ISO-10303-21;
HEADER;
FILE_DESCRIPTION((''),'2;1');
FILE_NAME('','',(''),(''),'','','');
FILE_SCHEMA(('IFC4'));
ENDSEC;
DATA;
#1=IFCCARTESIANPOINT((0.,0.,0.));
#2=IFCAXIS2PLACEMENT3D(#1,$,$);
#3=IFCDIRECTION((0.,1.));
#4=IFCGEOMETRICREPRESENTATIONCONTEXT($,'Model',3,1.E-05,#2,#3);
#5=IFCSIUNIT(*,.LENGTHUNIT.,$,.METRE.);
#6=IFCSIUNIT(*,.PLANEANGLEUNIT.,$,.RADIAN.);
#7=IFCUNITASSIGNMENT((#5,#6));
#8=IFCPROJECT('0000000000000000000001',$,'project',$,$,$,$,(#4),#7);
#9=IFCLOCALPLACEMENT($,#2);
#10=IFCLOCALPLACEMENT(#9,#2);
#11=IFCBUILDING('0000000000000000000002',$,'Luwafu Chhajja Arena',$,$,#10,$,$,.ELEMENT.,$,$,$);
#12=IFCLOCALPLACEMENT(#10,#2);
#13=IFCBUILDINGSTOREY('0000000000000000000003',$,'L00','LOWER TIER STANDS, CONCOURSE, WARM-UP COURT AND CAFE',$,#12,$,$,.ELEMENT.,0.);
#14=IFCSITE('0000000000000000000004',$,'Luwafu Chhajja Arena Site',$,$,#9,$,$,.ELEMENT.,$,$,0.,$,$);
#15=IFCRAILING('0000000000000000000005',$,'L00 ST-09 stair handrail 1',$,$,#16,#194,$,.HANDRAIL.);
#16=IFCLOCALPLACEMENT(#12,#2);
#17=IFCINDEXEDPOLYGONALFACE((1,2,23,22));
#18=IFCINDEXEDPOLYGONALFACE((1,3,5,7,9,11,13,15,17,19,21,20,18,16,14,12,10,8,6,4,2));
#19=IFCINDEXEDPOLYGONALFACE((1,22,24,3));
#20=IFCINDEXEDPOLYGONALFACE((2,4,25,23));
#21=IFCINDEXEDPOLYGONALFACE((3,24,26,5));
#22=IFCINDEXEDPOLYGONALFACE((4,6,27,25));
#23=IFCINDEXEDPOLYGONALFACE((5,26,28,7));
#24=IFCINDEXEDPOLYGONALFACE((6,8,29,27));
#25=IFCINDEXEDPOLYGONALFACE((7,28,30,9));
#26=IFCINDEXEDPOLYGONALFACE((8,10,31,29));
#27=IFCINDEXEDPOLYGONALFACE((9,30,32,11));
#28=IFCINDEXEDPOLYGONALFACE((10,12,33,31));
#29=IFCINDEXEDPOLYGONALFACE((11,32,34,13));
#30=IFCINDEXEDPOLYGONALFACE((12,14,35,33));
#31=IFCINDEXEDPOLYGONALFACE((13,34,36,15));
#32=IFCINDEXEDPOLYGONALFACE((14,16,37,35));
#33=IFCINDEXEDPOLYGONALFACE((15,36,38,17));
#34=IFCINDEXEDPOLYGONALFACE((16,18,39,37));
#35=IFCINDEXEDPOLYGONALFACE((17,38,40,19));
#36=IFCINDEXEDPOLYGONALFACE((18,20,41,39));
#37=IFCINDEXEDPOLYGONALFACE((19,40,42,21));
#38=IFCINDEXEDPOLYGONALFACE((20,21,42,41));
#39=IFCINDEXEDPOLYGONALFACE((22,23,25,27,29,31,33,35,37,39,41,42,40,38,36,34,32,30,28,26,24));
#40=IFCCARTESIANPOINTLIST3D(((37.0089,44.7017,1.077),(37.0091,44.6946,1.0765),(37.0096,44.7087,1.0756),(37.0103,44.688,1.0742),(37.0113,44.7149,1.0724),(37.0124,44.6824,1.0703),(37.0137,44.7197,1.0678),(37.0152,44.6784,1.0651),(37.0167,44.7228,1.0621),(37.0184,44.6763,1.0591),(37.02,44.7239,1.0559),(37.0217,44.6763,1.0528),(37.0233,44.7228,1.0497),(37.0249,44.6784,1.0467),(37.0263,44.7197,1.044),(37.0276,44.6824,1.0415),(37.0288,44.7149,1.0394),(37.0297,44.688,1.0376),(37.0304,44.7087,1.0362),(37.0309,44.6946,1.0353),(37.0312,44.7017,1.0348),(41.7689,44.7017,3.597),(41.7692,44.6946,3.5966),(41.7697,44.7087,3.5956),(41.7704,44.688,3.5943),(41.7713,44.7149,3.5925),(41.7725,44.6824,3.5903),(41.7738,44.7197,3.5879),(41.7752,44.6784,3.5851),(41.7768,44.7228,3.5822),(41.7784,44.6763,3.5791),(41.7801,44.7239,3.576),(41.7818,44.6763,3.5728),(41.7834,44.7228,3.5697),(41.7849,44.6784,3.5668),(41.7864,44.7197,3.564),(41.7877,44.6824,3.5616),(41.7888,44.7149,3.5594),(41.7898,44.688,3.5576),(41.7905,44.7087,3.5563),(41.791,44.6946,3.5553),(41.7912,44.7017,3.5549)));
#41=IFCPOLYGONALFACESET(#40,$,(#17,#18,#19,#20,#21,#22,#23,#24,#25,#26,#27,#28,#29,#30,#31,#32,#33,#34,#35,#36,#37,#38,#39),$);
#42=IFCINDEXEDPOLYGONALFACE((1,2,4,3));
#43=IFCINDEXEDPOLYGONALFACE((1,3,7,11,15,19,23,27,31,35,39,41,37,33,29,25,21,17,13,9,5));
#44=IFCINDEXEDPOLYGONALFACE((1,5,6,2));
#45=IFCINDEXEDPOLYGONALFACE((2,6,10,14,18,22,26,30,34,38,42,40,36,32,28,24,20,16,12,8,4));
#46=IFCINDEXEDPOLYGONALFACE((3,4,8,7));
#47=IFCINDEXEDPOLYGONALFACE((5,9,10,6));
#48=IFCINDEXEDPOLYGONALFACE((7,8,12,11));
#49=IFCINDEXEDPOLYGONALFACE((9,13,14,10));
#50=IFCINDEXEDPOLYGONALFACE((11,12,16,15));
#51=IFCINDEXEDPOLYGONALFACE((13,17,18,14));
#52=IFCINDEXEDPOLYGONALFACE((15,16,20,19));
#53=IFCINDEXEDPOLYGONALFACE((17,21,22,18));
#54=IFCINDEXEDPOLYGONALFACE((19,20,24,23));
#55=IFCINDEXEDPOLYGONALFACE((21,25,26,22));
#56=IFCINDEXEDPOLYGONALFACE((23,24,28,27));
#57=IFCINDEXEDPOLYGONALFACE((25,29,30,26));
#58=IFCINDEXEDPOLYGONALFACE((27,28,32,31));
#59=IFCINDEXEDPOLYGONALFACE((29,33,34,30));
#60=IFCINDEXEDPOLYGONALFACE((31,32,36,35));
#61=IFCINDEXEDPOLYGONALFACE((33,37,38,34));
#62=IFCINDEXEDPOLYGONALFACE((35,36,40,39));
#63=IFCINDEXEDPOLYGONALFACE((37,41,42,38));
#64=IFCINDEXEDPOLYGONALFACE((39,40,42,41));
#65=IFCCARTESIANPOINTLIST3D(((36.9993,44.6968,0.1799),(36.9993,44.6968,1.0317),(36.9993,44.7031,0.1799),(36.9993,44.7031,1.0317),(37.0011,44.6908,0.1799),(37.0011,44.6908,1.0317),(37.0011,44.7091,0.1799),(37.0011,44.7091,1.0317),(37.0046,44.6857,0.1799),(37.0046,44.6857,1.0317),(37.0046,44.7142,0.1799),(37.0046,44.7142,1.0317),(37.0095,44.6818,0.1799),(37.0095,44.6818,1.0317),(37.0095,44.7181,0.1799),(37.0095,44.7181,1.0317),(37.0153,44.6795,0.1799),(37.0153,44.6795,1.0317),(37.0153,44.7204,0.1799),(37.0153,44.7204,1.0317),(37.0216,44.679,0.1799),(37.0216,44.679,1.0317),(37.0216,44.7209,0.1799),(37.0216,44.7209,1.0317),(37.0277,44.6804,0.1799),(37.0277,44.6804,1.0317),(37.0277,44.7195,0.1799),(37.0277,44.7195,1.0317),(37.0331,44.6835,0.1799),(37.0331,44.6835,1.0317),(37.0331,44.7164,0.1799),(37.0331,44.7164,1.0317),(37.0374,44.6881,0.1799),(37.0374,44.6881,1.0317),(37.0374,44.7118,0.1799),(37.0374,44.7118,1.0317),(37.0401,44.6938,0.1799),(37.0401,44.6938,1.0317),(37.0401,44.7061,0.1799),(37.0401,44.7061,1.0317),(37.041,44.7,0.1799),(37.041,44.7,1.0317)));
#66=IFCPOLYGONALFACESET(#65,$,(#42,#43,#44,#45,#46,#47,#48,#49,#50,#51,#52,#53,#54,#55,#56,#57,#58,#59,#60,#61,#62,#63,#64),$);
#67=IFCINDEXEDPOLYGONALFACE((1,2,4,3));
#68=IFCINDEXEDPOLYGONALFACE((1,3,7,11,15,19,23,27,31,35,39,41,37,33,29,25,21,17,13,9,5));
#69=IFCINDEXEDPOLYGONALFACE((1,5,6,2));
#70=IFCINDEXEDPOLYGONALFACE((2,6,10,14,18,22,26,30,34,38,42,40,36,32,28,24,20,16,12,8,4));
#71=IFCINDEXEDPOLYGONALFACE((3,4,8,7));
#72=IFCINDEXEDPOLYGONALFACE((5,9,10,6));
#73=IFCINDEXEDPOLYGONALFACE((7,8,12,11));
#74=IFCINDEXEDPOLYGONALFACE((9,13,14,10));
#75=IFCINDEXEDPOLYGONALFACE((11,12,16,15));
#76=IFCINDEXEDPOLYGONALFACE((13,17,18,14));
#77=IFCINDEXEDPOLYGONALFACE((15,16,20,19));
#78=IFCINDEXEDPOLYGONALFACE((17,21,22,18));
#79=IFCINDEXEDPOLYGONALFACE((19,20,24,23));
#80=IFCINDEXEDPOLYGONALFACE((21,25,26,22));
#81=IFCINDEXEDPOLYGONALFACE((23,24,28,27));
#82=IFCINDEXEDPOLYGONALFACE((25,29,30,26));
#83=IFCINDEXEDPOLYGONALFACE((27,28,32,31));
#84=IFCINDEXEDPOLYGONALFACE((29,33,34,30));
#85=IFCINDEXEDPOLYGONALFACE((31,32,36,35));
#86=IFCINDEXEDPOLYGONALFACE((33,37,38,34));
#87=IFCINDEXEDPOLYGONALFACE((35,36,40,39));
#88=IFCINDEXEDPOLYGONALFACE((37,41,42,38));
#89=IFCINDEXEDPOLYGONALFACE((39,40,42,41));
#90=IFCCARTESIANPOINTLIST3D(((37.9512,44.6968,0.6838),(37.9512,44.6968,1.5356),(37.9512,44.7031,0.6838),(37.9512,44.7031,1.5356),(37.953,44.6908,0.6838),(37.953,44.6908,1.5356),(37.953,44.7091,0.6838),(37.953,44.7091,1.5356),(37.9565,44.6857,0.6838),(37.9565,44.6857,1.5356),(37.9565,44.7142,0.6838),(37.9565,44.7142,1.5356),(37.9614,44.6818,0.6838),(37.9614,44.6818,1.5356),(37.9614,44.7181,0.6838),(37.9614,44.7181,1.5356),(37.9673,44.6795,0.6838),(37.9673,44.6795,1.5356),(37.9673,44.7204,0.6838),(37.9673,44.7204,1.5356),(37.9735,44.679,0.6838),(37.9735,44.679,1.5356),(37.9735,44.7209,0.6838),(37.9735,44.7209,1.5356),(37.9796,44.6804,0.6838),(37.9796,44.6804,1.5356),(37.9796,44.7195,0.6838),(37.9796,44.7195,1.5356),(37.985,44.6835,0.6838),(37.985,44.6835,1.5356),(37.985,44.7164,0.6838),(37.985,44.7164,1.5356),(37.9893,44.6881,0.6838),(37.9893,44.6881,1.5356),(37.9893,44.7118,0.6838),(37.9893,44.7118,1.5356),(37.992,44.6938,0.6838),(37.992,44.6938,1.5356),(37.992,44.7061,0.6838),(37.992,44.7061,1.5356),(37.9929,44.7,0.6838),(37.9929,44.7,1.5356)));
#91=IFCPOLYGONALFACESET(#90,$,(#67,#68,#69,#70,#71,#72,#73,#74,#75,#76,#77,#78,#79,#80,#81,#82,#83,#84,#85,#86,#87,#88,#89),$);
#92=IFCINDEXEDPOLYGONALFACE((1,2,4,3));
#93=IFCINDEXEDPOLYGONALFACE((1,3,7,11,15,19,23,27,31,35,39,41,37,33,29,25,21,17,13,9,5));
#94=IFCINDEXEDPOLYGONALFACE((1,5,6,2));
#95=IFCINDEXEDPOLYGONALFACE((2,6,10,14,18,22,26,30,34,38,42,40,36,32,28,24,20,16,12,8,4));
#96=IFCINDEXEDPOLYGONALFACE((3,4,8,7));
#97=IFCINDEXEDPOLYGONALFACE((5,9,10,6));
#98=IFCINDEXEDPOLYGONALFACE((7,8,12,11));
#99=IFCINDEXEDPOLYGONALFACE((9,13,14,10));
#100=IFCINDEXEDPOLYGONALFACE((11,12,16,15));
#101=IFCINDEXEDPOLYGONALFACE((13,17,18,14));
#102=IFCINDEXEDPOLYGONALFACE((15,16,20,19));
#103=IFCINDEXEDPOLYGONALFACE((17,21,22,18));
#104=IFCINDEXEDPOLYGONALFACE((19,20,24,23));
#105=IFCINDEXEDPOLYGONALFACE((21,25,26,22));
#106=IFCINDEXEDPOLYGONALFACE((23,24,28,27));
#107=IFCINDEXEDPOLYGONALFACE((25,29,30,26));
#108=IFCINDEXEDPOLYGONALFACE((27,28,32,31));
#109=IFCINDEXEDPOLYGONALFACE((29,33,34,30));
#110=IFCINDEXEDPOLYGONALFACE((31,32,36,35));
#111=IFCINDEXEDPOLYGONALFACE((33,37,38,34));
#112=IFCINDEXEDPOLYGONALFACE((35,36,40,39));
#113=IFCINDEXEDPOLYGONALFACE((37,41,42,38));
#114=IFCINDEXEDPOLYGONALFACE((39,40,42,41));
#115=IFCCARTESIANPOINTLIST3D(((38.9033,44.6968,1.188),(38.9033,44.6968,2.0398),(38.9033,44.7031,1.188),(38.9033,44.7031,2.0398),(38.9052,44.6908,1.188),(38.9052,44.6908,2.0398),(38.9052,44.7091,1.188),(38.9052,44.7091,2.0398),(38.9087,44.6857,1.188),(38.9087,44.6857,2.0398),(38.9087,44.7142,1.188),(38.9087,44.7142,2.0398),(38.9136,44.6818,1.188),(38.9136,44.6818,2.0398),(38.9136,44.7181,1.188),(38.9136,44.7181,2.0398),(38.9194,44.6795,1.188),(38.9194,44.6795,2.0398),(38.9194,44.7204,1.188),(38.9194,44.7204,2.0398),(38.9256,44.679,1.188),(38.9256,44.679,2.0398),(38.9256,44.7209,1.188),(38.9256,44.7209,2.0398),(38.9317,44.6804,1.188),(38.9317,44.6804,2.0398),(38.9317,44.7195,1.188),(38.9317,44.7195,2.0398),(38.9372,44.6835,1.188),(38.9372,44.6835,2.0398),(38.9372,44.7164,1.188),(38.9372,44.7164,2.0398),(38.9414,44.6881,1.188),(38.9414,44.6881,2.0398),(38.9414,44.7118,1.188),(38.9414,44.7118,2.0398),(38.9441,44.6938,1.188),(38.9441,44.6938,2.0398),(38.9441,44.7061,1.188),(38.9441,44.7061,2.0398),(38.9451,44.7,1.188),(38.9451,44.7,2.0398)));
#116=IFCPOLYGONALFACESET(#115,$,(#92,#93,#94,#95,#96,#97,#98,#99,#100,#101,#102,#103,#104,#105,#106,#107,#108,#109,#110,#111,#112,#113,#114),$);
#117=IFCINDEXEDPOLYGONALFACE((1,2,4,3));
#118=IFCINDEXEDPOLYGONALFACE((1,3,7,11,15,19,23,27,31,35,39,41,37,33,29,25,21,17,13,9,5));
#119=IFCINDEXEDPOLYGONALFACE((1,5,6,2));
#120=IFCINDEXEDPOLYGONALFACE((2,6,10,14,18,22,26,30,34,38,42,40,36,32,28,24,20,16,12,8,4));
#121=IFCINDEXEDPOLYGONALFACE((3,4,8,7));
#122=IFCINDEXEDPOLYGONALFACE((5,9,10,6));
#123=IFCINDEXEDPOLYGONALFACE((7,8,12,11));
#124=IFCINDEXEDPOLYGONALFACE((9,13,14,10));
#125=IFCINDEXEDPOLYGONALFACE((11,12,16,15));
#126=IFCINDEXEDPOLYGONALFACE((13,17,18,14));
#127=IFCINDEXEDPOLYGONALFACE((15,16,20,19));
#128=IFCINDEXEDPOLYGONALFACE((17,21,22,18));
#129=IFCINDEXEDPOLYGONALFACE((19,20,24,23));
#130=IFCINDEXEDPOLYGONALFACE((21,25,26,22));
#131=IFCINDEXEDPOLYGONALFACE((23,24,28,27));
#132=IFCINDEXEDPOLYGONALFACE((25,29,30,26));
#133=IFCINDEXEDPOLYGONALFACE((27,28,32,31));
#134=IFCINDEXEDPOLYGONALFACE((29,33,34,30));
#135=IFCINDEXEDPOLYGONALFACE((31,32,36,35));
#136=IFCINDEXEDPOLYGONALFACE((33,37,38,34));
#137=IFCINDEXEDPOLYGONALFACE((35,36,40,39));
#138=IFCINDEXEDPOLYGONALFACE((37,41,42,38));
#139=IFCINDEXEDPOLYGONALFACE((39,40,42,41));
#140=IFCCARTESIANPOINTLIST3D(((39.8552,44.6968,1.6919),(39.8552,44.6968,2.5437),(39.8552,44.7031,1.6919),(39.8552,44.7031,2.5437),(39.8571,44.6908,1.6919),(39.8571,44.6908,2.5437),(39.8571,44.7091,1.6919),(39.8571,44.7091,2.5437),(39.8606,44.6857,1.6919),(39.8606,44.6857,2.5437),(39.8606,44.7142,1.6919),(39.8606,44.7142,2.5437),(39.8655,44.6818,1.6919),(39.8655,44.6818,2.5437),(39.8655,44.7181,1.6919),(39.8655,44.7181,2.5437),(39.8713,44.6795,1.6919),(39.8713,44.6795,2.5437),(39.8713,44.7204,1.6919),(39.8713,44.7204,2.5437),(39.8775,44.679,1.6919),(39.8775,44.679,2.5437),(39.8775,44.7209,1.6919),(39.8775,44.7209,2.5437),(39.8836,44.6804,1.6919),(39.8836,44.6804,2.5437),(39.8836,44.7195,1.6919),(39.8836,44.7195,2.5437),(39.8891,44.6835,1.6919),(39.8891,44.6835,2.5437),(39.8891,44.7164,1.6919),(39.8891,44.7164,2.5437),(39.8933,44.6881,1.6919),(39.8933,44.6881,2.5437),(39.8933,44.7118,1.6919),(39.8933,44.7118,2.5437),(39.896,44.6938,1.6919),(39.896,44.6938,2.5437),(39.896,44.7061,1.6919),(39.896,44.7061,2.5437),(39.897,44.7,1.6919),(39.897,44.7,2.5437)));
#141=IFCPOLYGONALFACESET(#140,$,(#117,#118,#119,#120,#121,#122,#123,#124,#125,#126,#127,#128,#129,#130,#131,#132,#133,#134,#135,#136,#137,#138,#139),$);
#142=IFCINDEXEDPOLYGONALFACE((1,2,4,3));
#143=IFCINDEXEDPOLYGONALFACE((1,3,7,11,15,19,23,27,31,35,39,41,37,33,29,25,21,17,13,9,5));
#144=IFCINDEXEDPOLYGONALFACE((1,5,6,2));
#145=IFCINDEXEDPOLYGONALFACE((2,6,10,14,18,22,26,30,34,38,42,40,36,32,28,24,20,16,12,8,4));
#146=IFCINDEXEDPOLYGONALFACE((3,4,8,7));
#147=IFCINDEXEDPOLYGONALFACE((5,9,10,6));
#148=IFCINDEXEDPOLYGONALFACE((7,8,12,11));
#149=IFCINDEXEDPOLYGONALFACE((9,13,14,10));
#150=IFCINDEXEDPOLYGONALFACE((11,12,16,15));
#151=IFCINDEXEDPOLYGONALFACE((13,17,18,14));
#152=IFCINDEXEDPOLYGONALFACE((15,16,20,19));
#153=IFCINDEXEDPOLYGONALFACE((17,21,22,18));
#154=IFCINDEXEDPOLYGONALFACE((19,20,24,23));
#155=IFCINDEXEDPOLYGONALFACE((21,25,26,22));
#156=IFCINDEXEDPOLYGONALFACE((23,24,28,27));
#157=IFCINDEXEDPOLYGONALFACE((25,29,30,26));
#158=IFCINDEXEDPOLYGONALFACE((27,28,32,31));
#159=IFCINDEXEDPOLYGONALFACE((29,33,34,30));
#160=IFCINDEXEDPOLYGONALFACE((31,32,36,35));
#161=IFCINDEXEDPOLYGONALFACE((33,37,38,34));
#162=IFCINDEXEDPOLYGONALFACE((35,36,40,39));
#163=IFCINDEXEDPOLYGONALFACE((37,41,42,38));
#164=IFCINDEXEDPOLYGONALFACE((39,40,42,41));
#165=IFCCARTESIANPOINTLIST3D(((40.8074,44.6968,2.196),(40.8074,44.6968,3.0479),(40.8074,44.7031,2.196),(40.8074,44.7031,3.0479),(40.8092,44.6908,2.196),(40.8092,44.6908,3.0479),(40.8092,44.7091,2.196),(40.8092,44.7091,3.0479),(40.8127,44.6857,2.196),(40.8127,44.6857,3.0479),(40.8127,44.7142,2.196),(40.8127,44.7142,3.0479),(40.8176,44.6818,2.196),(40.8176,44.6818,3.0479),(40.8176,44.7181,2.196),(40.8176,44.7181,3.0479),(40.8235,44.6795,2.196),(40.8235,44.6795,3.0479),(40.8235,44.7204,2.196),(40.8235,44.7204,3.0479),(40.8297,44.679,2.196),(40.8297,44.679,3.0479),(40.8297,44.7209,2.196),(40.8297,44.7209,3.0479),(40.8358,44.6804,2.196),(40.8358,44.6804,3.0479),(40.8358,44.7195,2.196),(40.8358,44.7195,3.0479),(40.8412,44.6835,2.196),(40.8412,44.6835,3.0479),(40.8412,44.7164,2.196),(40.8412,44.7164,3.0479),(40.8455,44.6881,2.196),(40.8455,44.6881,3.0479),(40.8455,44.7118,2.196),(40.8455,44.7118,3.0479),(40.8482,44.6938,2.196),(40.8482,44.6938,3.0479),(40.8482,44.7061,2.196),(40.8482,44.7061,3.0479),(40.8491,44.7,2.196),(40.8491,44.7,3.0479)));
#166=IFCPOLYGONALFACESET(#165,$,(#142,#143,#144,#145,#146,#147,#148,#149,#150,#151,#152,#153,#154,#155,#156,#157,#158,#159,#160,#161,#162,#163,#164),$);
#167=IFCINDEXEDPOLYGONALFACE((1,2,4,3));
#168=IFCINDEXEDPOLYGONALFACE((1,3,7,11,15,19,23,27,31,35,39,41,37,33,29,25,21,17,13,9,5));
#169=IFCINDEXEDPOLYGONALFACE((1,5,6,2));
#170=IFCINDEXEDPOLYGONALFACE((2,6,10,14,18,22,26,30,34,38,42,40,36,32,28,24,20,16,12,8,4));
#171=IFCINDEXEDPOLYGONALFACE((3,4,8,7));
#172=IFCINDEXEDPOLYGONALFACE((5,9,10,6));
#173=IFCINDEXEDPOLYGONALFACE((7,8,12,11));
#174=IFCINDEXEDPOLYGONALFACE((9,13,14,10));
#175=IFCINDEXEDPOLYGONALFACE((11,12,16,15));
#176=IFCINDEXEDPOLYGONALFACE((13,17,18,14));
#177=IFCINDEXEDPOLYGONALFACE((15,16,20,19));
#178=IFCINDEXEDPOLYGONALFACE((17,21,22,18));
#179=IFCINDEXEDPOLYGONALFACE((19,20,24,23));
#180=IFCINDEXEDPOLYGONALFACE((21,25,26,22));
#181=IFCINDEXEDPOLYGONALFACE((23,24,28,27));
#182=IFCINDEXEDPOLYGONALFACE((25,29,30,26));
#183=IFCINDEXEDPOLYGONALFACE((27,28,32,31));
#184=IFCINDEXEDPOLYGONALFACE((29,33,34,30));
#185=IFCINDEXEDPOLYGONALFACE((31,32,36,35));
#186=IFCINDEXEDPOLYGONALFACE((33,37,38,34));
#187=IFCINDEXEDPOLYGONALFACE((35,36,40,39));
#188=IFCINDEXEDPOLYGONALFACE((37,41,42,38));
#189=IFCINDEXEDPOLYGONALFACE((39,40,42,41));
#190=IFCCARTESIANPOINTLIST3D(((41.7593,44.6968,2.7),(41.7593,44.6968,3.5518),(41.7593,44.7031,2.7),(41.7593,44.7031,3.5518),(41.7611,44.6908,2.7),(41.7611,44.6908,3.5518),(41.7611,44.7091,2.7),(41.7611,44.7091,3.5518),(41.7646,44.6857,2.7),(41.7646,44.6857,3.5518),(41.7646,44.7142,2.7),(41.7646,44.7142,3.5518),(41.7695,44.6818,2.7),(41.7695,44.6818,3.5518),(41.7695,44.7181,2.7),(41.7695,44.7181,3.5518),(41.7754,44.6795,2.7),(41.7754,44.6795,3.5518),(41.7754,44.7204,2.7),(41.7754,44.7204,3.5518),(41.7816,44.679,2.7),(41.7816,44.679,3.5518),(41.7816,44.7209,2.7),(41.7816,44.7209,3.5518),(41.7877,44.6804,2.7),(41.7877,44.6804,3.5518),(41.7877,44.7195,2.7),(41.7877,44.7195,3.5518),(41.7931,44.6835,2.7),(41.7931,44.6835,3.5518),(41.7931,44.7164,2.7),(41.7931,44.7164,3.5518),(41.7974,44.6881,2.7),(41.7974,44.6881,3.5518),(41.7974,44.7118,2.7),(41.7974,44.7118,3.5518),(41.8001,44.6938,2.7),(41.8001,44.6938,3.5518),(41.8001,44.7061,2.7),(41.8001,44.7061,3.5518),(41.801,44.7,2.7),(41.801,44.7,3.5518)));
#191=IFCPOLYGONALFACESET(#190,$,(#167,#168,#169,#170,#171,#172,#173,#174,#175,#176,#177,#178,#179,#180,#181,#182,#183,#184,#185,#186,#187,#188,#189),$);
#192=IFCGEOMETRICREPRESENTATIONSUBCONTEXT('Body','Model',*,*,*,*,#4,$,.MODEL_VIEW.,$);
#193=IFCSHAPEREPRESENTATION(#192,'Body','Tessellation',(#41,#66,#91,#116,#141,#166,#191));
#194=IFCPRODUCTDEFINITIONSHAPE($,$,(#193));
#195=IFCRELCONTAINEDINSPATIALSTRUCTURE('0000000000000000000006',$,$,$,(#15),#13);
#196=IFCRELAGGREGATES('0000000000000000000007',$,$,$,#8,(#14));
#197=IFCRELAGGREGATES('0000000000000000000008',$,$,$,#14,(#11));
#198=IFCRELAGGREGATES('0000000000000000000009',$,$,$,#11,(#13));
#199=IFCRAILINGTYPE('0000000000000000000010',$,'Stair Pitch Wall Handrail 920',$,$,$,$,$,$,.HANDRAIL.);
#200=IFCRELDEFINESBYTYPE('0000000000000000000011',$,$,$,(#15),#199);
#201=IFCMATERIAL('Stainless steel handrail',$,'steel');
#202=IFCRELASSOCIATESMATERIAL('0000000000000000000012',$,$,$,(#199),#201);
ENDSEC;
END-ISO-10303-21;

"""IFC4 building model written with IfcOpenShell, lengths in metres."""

from ifc_helpers import new_model, si_unit, direction, frame, origin, origin_2d, place, context, subcontext, project, spatial, circle, extrude, material, type_object, element, save


model = new_model("IFC4")

# Units and contexts
model_context = context("Model", 3, precision=1e-05, world=origin(), true_north=direction((0.0, 1.0)))
body_context = subcontext(model_context, "Body", "Model", "MODEL_VIEW")
ifc_project = project(units=[si_unit("LENGTHUNIT", "METRE"), si_unit("PLANEANGLEUNIT", "RADIAN")], contexts=[model_context])

# Site, building, storey
site_placement = place(None, origin())
site = spatial("IfcSite", under=ifc_project, at=site_placement, Name="Luwafu Chhajja Arena Site", CompositionType="ELEMENT", RefElevation=0.0)
building_placement = place(site_placement, origin())
building = spatial("IfcBuilding", under=site, at=building_placement, Name="Luwafu Chhajja Arena", CompositionType="ELEMENT")
storey_placement = place(building_placement, origin())
storey = spatial("IfcBuildingStorey", under=building, at=storey_placement, Name="L00", Description="LOWER TIER STANDS, CONCOURSE, WARM-UP COURT AND CAFE", CompositionType="ELEMENT", Elevation=0.0)

# Railing
ifc_material_1 = material(Name="Stainless steel handrail", Category="steel")
railing_type_1 = type_object("IfcRailingType", Name="Stair Pitch Wall Handrail 920", PredefinedType="HANDRAIL", material=ifc_material_1)
railing_1_placement = place(storey_placement, frame((37.02, 44.7, 0.1799)))
element("IfcRailing", 1, at=railing_1_placement, inside=storey, type_object=railing_type_1, Name="L00 ST-09 stair handrail 1", PredefinedType="HANDRAIL", context=body_context, shape_type="SweptSolid", body=[
    extrude(circle(Radius=0.0239, at=origin_2d()), frame((0.0, 0.0, 0.876), z_axis=(0.883787, 0.0, 0.46789), x_axis=(0.0, 1.0, 0.0)), (0.0, 0.0, 1.0), 5.386),
    extrude(circle(Radius=0.021, at=origin_2d()), origin(), (0.0, 0.0, 1.0), 0.8518),
    extrude(circle(Radius=0.021, at=origin_2d()), frame((0.9519, 0.0, 0.5039)), (0.0, 0.0, 1.0), 0.8518),
    extrude(circle(Radius=0.021, at=origin_2d()), frame((1.9041, 0.0, 1.0081)), (0.0, 0.0, 1.0), 0.8518),
    extrude(circle(Radius=0.021, at=origin_2d()), frame((2.856, 0.0, 1.512)), (0.0, 0.0, 1.0), 0.8518),
    extrude(circle(Radius=0.021, at=origin_2d()), frame((3.8081, 0.0, 2.0161)), (0.0, 0.0, 1.0), 0.8518),
    extrude(circle(Radius=0.021, at=origin_2d()), frame((4.76, 0.0, 2.52)), (0.0, 0.0, 1.0), 0.8518),
])

save(model, "model.ifc")
